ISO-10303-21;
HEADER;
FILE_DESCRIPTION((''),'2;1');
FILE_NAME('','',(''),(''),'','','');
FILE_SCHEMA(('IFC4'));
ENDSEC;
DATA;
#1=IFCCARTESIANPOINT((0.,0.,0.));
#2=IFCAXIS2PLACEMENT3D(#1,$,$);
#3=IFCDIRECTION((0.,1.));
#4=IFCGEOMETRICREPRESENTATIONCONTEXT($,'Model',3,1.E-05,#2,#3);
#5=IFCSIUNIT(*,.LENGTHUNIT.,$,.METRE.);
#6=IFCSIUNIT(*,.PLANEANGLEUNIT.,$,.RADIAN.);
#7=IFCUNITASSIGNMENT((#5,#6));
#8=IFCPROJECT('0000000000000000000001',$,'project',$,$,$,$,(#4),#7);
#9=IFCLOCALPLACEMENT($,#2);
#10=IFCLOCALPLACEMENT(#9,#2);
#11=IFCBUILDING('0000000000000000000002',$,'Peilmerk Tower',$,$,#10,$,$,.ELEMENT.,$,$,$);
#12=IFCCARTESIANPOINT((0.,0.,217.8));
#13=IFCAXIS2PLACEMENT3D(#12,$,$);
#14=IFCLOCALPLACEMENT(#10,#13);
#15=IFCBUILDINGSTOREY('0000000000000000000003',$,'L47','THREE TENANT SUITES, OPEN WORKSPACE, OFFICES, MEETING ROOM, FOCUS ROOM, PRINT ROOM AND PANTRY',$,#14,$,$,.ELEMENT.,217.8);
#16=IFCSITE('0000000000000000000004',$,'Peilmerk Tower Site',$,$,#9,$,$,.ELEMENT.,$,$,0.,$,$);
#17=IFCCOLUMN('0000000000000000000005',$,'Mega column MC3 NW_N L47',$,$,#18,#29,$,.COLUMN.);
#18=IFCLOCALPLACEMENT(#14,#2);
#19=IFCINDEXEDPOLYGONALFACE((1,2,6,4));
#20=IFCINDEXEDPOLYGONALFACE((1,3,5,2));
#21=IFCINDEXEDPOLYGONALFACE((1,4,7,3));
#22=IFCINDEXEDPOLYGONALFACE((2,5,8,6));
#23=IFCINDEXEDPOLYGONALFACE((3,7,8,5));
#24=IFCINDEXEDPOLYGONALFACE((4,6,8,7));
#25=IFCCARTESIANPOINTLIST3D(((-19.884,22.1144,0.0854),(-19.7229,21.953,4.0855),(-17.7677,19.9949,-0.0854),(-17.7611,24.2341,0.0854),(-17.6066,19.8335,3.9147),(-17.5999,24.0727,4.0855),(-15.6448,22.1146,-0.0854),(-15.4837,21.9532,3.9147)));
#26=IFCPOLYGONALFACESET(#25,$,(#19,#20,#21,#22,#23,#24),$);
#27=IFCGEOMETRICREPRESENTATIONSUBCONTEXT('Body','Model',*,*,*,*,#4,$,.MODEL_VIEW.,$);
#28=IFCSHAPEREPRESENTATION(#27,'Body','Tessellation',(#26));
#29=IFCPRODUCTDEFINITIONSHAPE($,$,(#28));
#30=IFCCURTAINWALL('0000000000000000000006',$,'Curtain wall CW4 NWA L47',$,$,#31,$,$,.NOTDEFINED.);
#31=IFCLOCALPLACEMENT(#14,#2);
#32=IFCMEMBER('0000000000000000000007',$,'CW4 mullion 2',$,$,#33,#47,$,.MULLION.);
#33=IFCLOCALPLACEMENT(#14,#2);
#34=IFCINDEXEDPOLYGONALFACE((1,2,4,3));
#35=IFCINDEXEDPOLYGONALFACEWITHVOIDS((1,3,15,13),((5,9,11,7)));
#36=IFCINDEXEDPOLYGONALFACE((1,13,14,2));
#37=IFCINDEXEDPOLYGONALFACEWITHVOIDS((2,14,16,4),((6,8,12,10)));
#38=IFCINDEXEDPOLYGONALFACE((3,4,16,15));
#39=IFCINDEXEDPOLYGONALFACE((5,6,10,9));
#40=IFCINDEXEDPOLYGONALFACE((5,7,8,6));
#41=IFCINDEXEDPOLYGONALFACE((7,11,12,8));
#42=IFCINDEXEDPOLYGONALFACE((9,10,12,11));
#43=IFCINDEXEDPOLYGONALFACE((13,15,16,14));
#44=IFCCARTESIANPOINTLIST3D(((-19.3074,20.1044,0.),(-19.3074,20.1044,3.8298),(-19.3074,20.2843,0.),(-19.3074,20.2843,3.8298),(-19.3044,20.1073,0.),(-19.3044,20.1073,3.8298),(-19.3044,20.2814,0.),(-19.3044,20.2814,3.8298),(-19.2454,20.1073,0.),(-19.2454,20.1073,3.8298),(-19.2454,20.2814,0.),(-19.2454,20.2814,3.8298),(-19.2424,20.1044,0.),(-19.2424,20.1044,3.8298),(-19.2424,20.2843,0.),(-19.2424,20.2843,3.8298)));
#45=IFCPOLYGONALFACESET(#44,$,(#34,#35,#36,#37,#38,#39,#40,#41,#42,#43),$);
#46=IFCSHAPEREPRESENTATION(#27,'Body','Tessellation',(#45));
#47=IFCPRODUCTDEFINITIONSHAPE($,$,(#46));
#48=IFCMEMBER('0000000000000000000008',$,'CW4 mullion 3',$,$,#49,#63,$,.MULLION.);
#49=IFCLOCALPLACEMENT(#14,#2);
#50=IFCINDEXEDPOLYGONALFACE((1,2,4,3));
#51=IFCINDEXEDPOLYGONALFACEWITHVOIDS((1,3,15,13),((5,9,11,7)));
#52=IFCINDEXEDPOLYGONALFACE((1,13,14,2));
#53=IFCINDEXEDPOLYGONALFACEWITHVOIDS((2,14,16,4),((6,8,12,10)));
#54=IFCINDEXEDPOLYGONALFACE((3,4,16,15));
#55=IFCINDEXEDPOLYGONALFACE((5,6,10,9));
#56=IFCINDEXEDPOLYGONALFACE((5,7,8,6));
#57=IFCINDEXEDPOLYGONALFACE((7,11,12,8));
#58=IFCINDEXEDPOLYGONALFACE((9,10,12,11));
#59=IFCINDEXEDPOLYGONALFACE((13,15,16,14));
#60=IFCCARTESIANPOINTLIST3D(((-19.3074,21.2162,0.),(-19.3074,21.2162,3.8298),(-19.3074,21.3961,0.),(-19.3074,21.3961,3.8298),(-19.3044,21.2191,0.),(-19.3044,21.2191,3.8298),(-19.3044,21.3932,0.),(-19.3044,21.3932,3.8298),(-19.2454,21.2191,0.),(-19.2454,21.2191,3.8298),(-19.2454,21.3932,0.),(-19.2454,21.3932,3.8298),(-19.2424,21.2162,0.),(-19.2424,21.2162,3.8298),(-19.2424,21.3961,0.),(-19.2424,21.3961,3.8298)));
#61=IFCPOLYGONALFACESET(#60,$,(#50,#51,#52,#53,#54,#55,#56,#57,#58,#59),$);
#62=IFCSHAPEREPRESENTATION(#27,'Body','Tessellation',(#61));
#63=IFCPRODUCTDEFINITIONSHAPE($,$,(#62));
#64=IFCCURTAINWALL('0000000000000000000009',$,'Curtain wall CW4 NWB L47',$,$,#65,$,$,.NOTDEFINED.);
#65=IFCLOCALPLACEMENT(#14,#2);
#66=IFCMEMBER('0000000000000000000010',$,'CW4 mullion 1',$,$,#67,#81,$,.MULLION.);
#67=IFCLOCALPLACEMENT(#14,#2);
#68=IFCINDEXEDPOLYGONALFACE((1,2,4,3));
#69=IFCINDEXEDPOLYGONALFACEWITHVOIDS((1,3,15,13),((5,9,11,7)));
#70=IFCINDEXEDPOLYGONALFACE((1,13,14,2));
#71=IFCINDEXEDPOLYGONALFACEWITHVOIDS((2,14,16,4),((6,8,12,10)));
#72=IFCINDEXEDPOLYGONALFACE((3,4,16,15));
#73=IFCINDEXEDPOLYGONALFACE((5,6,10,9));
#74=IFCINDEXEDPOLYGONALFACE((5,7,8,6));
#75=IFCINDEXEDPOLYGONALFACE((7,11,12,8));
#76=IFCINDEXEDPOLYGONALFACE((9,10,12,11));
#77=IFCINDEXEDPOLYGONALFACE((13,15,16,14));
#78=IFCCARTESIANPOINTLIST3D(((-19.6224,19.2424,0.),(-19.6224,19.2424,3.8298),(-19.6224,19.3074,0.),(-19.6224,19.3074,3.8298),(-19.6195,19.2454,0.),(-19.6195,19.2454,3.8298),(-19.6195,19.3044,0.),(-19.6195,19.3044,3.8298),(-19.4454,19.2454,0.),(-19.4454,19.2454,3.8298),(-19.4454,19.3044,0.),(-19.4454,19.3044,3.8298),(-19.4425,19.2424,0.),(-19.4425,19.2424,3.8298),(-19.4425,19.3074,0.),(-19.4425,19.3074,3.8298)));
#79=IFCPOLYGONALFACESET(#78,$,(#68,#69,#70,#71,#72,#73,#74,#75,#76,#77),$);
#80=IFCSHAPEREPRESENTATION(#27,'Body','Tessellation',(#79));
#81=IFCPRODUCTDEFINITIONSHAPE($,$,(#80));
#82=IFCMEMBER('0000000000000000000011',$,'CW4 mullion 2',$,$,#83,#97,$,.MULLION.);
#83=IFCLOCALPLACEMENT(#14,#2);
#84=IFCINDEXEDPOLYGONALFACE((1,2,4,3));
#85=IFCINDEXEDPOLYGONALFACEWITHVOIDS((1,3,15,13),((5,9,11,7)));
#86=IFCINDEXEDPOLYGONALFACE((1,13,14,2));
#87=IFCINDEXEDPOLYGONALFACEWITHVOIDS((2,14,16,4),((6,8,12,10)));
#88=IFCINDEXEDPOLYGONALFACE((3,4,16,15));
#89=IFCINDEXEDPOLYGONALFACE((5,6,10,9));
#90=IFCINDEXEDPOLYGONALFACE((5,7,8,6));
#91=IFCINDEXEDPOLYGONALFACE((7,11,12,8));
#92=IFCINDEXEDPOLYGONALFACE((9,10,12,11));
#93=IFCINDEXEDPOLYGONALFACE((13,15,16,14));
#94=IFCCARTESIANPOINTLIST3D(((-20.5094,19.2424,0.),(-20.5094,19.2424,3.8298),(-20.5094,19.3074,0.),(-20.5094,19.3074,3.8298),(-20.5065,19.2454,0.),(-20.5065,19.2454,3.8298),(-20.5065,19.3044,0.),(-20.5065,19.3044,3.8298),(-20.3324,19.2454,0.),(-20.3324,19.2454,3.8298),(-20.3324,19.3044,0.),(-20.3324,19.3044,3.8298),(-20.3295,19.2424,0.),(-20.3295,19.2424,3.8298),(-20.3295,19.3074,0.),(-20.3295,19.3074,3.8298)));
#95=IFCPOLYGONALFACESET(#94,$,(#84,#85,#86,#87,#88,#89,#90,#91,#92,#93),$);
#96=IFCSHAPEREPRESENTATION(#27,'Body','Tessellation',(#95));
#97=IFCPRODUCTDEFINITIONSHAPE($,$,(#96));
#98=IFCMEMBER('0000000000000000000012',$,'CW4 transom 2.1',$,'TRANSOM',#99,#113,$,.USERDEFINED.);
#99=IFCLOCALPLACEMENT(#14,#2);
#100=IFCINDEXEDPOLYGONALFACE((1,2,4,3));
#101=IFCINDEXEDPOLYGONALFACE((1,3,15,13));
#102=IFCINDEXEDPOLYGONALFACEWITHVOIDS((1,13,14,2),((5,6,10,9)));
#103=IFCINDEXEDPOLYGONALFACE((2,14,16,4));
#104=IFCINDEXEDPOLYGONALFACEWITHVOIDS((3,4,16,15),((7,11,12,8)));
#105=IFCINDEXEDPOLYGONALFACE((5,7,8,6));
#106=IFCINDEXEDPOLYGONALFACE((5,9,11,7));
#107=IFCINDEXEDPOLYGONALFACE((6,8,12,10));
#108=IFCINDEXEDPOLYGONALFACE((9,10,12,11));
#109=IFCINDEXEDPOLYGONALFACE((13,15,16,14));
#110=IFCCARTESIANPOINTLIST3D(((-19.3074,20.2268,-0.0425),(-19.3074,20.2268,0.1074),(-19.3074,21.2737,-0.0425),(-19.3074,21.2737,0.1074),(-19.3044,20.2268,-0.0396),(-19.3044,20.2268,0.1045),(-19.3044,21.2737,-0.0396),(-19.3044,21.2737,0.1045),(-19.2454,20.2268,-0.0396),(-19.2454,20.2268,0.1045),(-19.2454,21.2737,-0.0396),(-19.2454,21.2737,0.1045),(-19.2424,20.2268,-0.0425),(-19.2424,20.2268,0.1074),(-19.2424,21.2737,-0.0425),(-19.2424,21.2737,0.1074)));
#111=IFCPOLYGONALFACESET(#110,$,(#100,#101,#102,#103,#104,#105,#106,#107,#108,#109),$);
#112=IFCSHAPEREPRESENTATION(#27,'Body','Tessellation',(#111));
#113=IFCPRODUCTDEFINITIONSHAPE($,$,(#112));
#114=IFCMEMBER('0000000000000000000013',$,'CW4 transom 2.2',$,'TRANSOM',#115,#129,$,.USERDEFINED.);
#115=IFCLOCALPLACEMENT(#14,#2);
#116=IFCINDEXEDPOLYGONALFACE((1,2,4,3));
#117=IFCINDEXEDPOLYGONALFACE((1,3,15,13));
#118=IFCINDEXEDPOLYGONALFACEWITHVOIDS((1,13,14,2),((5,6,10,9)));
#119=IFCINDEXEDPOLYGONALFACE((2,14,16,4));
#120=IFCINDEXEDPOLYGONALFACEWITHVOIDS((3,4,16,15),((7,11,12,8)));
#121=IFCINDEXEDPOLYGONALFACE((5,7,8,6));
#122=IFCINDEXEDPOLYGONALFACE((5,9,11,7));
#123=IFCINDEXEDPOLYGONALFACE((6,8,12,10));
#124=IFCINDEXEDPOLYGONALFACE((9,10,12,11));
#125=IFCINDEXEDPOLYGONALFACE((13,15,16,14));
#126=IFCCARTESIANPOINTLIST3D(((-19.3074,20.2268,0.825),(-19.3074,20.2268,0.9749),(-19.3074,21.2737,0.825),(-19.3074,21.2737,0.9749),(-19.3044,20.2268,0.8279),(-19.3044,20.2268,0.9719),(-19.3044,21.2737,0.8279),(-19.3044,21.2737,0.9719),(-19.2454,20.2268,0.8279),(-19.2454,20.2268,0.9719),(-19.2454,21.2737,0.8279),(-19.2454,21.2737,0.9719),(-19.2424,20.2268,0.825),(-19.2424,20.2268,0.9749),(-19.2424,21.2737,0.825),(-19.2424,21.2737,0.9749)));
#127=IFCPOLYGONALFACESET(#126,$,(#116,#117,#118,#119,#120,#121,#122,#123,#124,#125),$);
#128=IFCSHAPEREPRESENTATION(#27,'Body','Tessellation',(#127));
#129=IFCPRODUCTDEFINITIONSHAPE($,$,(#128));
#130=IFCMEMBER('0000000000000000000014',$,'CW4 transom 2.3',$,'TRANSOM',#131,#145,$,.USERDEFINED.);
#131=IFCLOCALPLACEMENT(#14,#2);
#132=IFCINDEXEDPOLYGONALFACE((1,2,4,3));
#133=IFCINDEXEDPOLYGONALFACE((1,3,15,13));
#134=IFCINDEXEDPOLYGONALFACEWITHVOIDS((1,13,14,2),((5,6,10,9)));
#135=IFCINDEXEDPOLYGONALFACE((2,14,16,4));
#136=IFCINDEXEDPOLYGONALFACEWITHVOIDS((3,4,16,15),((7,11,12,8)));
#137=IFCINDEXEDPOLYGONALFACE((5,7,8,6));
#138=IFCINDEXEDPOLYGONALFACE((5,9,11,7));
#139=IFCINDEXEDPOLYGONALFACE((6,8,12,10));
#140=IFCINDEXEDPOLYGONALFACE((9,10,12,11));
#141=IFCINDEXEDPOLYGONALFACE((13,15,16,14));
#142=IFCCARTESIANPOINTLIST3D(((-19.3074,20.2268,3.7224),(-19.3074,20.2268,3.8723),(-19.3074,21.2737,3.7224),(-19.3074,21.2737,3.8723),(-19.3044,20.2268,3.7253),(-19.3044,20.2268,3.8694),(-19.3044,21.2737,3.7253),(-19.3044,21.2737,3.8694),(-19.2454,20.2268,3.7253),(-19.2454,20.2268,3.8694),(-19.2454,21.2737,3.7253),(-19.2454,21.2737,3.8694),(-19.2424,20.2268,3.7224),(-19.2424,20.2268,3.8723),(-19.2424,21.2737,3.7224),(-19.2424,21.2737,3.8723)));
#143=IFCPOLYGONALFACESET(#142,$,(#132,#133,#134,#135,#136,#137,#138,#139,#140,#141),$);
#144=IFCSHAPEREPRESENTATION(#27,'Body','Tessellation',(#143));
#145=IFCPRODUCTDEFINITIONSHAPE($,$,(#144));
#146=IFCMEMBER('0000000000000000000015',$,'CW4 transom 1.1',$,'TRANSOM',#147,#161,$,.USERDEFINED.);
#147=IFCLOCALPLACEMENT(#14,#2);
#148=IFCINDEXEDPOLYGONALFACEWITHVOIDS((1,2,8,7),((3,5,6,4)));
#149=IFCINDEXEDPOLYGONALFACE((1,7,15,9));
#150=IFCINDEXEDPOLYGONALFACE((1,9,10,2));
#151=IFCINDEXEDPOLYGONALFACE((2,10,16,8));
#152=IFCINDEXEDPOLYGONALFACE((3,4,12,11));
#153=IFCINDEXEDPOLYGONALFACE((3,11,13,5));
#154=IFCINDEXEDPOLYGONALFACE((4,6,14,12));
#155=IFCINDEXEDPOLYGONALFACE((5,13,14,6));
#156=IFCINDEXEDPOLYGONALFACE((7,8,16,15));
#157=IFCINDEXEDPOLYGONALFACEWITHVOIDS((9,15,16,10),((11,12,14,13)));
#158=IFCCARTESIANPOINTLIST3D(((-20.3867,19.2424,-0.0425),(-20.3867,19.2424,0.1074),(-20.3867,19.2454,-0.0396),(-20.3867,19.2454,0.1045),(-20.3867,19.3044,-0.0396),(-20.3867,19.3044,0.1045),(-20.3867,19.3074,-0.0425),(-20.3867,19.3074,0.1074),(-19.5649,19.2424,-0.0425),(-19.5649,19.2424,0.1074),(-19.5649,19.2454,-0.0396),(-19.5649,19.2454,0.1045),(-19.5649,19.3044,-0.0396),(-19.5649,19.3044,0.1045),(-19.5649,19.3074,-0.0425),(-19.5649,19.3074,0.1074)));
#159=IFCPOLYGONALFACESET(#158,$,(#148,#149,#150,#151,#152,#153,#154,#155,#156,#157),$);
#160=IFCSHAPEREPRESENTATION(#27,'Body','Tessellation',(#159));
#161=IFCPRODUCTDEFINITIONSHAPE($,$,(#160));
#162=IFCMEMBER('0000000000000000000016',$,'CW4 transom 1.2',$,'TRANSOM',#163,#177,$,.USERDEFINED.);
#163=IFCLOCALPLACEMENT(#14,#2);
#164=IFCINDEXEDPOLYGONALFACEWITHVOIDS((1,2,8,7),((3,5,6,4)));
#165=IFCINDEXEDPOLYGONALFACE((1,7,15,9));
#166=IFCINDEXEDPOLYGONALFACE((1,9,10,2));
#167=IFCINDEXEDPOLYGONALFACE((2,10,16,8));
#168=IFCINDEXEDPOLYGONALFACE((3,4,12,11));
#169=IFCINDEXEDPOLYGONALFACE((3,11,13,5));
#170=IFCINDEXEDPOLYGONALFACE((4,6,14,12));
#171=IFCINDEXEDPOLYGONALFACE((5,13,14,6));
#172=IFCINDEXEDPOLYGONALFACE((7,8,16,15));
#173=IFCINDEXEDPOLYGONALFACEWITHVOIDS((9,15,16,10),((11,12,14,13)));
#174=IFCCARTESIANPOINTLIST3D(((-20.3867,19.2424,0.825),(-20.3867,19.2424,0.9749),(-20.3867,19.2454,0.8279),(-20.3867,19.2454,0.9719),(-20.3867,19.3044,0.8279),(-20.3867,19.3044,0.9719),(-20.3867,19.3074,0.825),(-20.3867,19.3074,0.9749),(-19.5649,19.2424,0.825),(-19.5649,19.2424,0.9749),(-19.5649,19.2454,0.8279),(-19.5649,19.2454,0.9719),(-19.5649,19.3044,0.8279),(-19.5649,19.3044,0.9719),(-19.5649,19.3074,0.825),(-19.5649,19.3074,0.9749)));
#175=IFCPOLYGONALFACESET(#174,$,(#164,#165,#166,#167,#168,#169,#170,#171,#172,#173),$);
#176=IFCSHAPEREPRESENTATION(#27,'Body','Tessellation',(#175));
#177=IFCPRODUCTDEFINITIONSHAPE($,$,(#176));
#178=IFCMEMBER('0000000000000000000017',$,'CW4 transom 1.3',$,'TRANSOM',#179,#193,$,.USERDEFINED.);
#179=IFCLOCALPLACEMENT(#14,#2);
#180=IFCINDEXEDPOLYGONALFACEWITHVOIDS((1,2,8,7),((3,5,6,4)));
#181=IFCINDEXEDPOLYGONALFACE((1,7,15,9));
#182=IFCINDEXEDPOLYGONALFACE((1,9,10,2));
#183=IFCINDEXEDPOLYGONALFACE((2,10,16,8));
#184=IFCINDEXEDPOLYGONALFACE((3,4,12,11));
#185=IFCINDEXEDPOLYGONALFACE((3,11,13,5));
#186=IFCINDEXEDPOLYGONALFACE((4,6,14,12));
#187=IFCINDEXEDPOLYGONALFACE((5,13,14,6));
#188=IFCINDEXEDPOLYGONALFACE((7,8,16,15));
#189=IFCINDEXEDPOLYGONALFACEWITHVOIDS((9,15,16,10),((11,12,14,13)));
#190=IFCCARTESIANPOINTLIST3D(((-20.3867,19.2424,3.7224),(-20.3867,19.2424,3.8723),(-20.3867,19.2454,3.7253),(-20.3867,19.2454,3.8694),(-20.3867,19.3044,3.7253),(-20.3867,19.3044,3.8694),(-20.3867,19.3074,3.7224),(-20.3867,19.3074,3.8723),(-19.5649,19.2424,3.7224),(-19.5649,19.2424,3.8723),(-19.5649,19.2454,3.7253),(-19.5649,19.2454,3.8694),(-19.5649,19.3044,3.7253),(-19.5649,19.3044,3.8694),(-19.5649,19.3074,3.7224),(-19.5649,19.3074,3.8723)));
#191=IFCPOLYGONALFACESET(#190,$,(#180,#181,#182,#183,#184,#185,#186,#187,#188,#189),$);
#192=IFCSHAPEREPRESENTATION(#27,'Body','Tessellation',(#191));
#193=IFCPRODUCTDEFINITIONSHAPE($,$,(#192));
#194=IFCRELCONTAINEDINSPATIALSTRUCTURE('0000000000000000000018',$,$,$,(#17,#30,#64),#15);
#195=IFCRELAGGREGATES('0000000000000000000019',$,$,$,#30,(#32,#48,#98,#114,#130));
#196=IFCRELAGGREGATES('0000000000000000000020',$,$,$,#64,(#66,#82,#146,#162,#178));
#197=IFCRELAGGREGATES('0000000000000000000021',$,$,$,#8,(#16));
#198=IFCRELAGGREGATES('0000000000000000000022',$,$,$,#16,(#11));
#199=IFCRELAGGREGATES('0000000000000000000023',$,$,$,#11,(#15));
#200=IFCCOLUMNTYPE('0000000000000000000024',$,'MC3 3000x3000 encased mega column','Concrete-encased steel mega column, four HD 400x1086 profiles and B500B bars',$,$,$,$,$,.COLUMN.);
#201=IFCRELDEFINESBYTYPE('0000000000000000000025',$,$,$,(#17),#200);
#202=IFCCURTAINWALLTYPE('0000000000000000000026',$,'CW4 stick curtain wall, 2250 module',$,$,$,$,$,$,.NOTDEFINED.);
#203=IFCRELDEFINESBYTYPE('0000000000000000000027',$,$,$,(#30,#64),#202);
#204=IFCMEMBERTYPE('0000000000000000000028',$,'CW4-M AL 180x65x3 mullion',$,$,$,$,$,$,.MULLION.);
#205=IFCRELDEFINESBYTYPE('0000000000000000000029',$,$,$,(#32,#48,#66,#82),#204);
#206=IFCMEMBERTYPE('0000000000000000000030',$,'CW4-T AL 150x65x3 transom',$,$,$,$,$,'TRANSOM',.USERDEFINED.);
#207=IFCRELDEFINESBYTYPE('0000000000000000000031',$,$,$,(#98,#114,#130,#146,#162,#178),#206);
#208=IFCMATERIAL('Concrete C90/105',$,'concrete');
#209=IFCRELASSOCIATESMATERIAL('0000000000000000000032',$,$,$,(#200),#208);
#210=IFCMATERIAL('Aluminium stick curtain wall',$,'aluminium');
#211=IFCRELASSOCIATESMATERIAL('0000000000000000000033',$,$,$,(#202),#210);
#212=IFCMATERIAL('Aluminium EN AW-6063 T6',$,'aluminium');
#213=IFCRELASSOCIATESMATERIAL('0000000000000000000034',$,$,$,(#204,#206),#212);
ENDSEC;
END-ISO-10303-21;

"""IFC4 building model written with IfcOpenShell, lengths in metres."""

from ifc_helpers import new_model, si_unit, direction, frame, origin, origin_2d, place, context, subcontext, project, spatial, rectangle, hollow_rectangle, extrude, material, material_profile, profile_set, type_object, element, aggregate, save


model = new_model("IFC4")

# Units and contexts
model_context = context("Model", 3, precision=1e-05, world=origin(), true_north=direction((0.0, 1.0)))
body_context = subcontext(model_context, "Body", "Model", "MODEL_VIEW")
ifc_project = project(units=[si_unit("LENGTHUNIT", "METRE"), si_unit("PLANEANGLEUNIT", "RADIAN")], contexts=[model_context])

# Site, building, storey
site_placement = place(None, origin())
site = spatial("IfcSite", under=ifc_project, at=site_placement, Name="Peilmerk Tower Site", CompositionType="ELEMENT", RefElevation=0.0)
building_placement = place(site_placement, origin())
building = spatial("IfcBuilding", under=site, at=building_placement, Name="Peilmerk Tower", CompositionType="ELEMENT")
storey_placement = place(building_placement, frame((0.0, 0.0, 217.8)))
storey = spatial("IfcBuildingStorey", under=building, at=storey_placement, Name="L47", Description="THREE TENANT SUITES, OPEN WORKSPACE, OFFICES, MEETING ROOM, FOCUS ROOM, PRINT ROOM AND PANTRY", CompositionType="ELEMENT", Elevation=217.8)

# Column
ifc_material_1 = material(Name="Concrete C90/105", Category="concrete")
ifc_material_profile_1 = material_profile(ifc_material_1, rectangle(XDim=3.0, YDim=3.0, at=origin_2d()), Name="RC 3000x3000")
ifc_profile_set_1 = profile_set([ifc_material_profile_1], Name="Concrete C90/105")
column_type = type_object("IfcColumnType", Name="MC3 3000x3000 encased mega column", Description="Concrete-encased steel mega column, four HD 400x1086 profiles and B500B bars", PredefinedType="COLUMN", material=ifc_profile_set_1)
column_placement = place(storey_placement, frame((-17.7644, 22.1145, 0.0), z_axis=(0.040218, -0.040279, 0.998379), x_axis=(0.707642, 0.706571, 0.0)))
element("IfcColumn", 1, at=column_placement, inside=storey, type_object=column_type, Name="Mega column MC3 NW_N L47", PredefinedType="COLUMN", context=body_context, shape_type="SweptSolid", body=[
    extrude(rectangle(XDim=3.0, YDim=3.0, at=origin_2d()), origin(), (0.0, 0.0, 1.0), 4.0066),
])

# Curtain walls, members
ifc_material_2 = material(Name="Aluminium stick curtain wall", Category="aluminium")
curtain_wall_type = type_object("IfcCurtainWallType", Name="CW4 stick curtain wall, 2250 module", PredefinedType="NOTDEFINED", material=ifc_material_2)
curtain_wall_1_placement = place(storey_placement, origin())
curtain_wall_1 = element("IfcCurtainWall", 2, at=curtain_wall_1_placement, inside=storey, type_object=curtain_wall_type, Name="Curtain wall CW4 NWA L47", PredefinedType="NOTDEFINED")
ifc_material_3 = material(Name="Aluminium EN AW-6063 T6", Category="aluminium")
ifc_material_profile_2 = material_profile(ifc_material_3, hollow_rectangle(XDim=0.0649, YDim=0.1799, WallThickness=0.0029, at=origin_2d()), Name="AL 180x65x3")
ifc_profile_set_2 = profile_set([ifc_material_profile_2], Name="Aluminium EN AW-6063 T6")
member_type_1 = type_object("IfcMemberType", Name="CW4-M AL 180x65x3 mullion", PredefinedType="MULLION", material=ifc_profile_set_2)
member_1_placement = place(storey_placement, frame((-19.2749, 20.1943, 0.0), z_axis=(0.0, 0.0, 1.0), x_axis=(-1.0, 0.0, 0.0)))
member_1 = element("IfcMember", 3, at=member_1_placement, type_object=member_type_1, Name="CW4 mullion 2", PredefinedType="MULLION", context=body_context, shape_type="SweptSolid", body=[
    extrude(hollow_rectangle(XDim=0.0649, YDim=0.1799, WallThickness=0.0029, at=origin_2d()), origin(), (0.0, 0.0, 1.0), 3.8298),
])
member_2_placement = place(storey_placement, frame((-19.2749, 21.3062, 0.0), z_axis=(0.0, 0.0, 1.0), x_axis=(-1.0, 0.0, 0.0)))
member_2 = element("IfcMember", 4, at=member_2_placement, type_object=member_type_1, Name="CW4 mullion 3", PredefinedType="MULLION", context=body_context, shape_type="SweptSolid", body=[
    extrude(hollow_rectangle(XDim=0.0649, YDim=0.1799, WallThickness=0.0029, at=origin_2d()), origin(), (0.0, 0.0, 1.0), 3.8298),
])
curtain_wall_2_placement = place(storey_placement, origin())
curtain_wall_2 = element("IfcCurtainWall", 5, at=curtain_wall_2_placement, inside=storey, type_object=curtain_wall_type, Name="Curtain wall CW4 NWB L47", PredefinedType="NOTDEFINED")
member_3_placement = place(storey_placement, frame((-19.5325, 19.2749, 0.0), z_axis=(0.0, 0.0, 1.0), x_axis=(0.0, -1.0, 0.0)))
member_3 = element("IfcMember", 6, at=member_3_placement, type_object=member_type_1, Name="CW4 mullion 1", PredefinedType="MULLION", context=body_context, shape_type="SweptSolid", body=[
    extrude(hollow_rectangle(XDim=0.0649, YDim=0.1799, WallThickness=0.0029, at=origin_2d()), origin(), (0.0, 0.0, 1.0), 3.8298),
])
member_4_placement = place(storey_placement, frame((-20.4194, 19.2749, 0.0), z_axis=(0.0, 0.0, 1.0), x_axis=(0.0, -1.0, 0.0)))
member_4 = element("IfcMember", 7, at=member_4_placement, type_object=member_type_1, Name="CW4 mullion 2", PredefinedType="MULLION", context=body_context, shape_type="SweptSolid", body=[
    extrude(hollow_rectangle(XDim=0.0649, YDim=0.1799, WallThickness=0.0029, at=origin_2d()), origin(), (0.0, 0.0, 1.0), 3.8298),
])

# Members
ifc_material_profile_3 = material_profile(ifc_material_3, hollow_rectangle(XDim=0.0649, YDim=0.1499, WallThickness=0.0029, at=origin_2d()), Name="AL 150x65x3")
ifc_profile_set_3 = profile_set([ifc_material_profile_3], Name="Aluminium EN AW-6063 T6")
member_type_2 = type_object("IfcMemberType", Name="CW4-T AL 150x65x3 transom", ElementType="TRANSOM", PredefinedType="USERDEFINED", material=ifc_profile_set_3)
member_5_placement = place(storey_placement, frame((-19.2749, 20.2268, 0.0325), z_axis=(0.0, 1.0, 0.0), x_axis=(-1.0, 0.0, 0.0)))
member_5 = element("IfcMember", 8, at=member_5_placement, type_object=member_type_2, Name="CW4 transom 2.1", ObjectType="TRANSOM", PredefinedType="USERDEFINED", context=body_context, shape_type="SweptSolid", body=[
    extrude(hollow_rectangle(XDim=0.0649, YDim=0.1499, WallThickness=0.0029, at=origin_2d()), origin(), (0.0, 0.0, 1.0), 1.0469),
])
member_6_placement = place(storey_placement, frame((-19.2749, 20.2268, 0.8999), z_axis=(0.0, 1.0, 0.0), x_axis=(-1.0, 0.0, 0.0)))
member_6 = element("IfcMember", 9, at=member_6_placement, type_object=member_type_2, Name="CW4 transom 2.2", ObjectType="TRANSOM", PredefinedType="USERDEFINED", context=body_context, shape_type="SweptSolid", body=[
    extrude(hollow_rectangle(XDim=0.0649, YDim=0.1499, WallThickness=0.0029, at=origin_2d()), origin(), (0.0, 0.0, 1.0), 1.0469),
])
member_7_placement = place(storey_placement, frame((-19.2749, 20.2268, 3.7974), z_axis=(0.0, 1.0, 0.0), x_axis=(-1.0, 0.0, 0.0)))
member_7 = element("IfcMember", 10, at=member_7_placement, type_object=member_type_2, Name="CW4 transom 2.3", ObjectType="TRANSOM", PredefinedType="USERDEFINED", context=body_context, shape_type="SweptSolid", body=[
    extrude(hollow_rectangle(XDim=0.0649, YDim=0.1499, WallThickness=0.0029, at=origin_2d()), origin(), (0.0, 0.0, 1.0), 1.0469),
])
member_8_placement = place(storey_placement, frame((-19.5649, 19.2749, 0.0325), z_axis=(-1.0, 0.0, 0.0), x_axis=(0.0, -1.0, 0.0)))
member_8 = element("IfcMember", 11, at=member_8_placement, type_object=member_type_2, Name="CW4 transom 1.1", ObjectType="TRANSOM", PredefinedType="USERDEFINED", context=body_context, shape_type="SweptSolid", body=[
    extrude(hollow_rectangle(XDim=0.0649, YDim=0.1499, WallThickness=0.0029, at=origin_2d()), origin(), (0.0, 0.0, 1.0), 0.8218),
])
member_9_placement = place(storey_placement, frame((-19.5649, 19.2749, 0.8999), z_axis=(-1.0, 0.0, 0.0), x_axis=(0.0, -1.0, 0.0)))
member_9 = element("IfcMember", 12, at=member_9_placement, type_object=member_type_2, Name="CW4 transom 1.2", ObjectType="TRANSOM", PredefinedType="USERDEFINED", context=body_context, shape_type="SweptSolid", body=[
    extrude(hollow_rectangle(XDim=0.0649, YDim=0.1499, WallThickness=0.0029, at=origin_2d()), origin(), (0.0, 0.0, 1.0), 0.8218),
])
member_10_placement = place(storey_placement, frame((-19.5649, 19.2749, 3.7974), z_axis=(-1.0, 0.0, 0.0), x_axis=(0.0, -1.0, 0.0)))
member_10 = element("IfcMember", 13, at=member_10_placement, type_object=member_type_2, Name="CW4 transom 1.3", ObjectType="TRANSOM", PredefinedType="USERDEFINED", context=body_context, shape_type="SweptSolid", body=[
    extrude(hollow_rectangle(XDim=0.0649, YDim=0.1499, WallThickness=0.0029, at=origin_2d()), origin(), (0.0, 0.0, 1.0), 0.8218),
])

aggregate(curtain_wall_1, [member_1, member_2, member_5, member_6, member_7])
aggregate(curtain_wall_2, [member_3, member_4, member_8, member_9, member_10])

save(model, "model.ifc")
